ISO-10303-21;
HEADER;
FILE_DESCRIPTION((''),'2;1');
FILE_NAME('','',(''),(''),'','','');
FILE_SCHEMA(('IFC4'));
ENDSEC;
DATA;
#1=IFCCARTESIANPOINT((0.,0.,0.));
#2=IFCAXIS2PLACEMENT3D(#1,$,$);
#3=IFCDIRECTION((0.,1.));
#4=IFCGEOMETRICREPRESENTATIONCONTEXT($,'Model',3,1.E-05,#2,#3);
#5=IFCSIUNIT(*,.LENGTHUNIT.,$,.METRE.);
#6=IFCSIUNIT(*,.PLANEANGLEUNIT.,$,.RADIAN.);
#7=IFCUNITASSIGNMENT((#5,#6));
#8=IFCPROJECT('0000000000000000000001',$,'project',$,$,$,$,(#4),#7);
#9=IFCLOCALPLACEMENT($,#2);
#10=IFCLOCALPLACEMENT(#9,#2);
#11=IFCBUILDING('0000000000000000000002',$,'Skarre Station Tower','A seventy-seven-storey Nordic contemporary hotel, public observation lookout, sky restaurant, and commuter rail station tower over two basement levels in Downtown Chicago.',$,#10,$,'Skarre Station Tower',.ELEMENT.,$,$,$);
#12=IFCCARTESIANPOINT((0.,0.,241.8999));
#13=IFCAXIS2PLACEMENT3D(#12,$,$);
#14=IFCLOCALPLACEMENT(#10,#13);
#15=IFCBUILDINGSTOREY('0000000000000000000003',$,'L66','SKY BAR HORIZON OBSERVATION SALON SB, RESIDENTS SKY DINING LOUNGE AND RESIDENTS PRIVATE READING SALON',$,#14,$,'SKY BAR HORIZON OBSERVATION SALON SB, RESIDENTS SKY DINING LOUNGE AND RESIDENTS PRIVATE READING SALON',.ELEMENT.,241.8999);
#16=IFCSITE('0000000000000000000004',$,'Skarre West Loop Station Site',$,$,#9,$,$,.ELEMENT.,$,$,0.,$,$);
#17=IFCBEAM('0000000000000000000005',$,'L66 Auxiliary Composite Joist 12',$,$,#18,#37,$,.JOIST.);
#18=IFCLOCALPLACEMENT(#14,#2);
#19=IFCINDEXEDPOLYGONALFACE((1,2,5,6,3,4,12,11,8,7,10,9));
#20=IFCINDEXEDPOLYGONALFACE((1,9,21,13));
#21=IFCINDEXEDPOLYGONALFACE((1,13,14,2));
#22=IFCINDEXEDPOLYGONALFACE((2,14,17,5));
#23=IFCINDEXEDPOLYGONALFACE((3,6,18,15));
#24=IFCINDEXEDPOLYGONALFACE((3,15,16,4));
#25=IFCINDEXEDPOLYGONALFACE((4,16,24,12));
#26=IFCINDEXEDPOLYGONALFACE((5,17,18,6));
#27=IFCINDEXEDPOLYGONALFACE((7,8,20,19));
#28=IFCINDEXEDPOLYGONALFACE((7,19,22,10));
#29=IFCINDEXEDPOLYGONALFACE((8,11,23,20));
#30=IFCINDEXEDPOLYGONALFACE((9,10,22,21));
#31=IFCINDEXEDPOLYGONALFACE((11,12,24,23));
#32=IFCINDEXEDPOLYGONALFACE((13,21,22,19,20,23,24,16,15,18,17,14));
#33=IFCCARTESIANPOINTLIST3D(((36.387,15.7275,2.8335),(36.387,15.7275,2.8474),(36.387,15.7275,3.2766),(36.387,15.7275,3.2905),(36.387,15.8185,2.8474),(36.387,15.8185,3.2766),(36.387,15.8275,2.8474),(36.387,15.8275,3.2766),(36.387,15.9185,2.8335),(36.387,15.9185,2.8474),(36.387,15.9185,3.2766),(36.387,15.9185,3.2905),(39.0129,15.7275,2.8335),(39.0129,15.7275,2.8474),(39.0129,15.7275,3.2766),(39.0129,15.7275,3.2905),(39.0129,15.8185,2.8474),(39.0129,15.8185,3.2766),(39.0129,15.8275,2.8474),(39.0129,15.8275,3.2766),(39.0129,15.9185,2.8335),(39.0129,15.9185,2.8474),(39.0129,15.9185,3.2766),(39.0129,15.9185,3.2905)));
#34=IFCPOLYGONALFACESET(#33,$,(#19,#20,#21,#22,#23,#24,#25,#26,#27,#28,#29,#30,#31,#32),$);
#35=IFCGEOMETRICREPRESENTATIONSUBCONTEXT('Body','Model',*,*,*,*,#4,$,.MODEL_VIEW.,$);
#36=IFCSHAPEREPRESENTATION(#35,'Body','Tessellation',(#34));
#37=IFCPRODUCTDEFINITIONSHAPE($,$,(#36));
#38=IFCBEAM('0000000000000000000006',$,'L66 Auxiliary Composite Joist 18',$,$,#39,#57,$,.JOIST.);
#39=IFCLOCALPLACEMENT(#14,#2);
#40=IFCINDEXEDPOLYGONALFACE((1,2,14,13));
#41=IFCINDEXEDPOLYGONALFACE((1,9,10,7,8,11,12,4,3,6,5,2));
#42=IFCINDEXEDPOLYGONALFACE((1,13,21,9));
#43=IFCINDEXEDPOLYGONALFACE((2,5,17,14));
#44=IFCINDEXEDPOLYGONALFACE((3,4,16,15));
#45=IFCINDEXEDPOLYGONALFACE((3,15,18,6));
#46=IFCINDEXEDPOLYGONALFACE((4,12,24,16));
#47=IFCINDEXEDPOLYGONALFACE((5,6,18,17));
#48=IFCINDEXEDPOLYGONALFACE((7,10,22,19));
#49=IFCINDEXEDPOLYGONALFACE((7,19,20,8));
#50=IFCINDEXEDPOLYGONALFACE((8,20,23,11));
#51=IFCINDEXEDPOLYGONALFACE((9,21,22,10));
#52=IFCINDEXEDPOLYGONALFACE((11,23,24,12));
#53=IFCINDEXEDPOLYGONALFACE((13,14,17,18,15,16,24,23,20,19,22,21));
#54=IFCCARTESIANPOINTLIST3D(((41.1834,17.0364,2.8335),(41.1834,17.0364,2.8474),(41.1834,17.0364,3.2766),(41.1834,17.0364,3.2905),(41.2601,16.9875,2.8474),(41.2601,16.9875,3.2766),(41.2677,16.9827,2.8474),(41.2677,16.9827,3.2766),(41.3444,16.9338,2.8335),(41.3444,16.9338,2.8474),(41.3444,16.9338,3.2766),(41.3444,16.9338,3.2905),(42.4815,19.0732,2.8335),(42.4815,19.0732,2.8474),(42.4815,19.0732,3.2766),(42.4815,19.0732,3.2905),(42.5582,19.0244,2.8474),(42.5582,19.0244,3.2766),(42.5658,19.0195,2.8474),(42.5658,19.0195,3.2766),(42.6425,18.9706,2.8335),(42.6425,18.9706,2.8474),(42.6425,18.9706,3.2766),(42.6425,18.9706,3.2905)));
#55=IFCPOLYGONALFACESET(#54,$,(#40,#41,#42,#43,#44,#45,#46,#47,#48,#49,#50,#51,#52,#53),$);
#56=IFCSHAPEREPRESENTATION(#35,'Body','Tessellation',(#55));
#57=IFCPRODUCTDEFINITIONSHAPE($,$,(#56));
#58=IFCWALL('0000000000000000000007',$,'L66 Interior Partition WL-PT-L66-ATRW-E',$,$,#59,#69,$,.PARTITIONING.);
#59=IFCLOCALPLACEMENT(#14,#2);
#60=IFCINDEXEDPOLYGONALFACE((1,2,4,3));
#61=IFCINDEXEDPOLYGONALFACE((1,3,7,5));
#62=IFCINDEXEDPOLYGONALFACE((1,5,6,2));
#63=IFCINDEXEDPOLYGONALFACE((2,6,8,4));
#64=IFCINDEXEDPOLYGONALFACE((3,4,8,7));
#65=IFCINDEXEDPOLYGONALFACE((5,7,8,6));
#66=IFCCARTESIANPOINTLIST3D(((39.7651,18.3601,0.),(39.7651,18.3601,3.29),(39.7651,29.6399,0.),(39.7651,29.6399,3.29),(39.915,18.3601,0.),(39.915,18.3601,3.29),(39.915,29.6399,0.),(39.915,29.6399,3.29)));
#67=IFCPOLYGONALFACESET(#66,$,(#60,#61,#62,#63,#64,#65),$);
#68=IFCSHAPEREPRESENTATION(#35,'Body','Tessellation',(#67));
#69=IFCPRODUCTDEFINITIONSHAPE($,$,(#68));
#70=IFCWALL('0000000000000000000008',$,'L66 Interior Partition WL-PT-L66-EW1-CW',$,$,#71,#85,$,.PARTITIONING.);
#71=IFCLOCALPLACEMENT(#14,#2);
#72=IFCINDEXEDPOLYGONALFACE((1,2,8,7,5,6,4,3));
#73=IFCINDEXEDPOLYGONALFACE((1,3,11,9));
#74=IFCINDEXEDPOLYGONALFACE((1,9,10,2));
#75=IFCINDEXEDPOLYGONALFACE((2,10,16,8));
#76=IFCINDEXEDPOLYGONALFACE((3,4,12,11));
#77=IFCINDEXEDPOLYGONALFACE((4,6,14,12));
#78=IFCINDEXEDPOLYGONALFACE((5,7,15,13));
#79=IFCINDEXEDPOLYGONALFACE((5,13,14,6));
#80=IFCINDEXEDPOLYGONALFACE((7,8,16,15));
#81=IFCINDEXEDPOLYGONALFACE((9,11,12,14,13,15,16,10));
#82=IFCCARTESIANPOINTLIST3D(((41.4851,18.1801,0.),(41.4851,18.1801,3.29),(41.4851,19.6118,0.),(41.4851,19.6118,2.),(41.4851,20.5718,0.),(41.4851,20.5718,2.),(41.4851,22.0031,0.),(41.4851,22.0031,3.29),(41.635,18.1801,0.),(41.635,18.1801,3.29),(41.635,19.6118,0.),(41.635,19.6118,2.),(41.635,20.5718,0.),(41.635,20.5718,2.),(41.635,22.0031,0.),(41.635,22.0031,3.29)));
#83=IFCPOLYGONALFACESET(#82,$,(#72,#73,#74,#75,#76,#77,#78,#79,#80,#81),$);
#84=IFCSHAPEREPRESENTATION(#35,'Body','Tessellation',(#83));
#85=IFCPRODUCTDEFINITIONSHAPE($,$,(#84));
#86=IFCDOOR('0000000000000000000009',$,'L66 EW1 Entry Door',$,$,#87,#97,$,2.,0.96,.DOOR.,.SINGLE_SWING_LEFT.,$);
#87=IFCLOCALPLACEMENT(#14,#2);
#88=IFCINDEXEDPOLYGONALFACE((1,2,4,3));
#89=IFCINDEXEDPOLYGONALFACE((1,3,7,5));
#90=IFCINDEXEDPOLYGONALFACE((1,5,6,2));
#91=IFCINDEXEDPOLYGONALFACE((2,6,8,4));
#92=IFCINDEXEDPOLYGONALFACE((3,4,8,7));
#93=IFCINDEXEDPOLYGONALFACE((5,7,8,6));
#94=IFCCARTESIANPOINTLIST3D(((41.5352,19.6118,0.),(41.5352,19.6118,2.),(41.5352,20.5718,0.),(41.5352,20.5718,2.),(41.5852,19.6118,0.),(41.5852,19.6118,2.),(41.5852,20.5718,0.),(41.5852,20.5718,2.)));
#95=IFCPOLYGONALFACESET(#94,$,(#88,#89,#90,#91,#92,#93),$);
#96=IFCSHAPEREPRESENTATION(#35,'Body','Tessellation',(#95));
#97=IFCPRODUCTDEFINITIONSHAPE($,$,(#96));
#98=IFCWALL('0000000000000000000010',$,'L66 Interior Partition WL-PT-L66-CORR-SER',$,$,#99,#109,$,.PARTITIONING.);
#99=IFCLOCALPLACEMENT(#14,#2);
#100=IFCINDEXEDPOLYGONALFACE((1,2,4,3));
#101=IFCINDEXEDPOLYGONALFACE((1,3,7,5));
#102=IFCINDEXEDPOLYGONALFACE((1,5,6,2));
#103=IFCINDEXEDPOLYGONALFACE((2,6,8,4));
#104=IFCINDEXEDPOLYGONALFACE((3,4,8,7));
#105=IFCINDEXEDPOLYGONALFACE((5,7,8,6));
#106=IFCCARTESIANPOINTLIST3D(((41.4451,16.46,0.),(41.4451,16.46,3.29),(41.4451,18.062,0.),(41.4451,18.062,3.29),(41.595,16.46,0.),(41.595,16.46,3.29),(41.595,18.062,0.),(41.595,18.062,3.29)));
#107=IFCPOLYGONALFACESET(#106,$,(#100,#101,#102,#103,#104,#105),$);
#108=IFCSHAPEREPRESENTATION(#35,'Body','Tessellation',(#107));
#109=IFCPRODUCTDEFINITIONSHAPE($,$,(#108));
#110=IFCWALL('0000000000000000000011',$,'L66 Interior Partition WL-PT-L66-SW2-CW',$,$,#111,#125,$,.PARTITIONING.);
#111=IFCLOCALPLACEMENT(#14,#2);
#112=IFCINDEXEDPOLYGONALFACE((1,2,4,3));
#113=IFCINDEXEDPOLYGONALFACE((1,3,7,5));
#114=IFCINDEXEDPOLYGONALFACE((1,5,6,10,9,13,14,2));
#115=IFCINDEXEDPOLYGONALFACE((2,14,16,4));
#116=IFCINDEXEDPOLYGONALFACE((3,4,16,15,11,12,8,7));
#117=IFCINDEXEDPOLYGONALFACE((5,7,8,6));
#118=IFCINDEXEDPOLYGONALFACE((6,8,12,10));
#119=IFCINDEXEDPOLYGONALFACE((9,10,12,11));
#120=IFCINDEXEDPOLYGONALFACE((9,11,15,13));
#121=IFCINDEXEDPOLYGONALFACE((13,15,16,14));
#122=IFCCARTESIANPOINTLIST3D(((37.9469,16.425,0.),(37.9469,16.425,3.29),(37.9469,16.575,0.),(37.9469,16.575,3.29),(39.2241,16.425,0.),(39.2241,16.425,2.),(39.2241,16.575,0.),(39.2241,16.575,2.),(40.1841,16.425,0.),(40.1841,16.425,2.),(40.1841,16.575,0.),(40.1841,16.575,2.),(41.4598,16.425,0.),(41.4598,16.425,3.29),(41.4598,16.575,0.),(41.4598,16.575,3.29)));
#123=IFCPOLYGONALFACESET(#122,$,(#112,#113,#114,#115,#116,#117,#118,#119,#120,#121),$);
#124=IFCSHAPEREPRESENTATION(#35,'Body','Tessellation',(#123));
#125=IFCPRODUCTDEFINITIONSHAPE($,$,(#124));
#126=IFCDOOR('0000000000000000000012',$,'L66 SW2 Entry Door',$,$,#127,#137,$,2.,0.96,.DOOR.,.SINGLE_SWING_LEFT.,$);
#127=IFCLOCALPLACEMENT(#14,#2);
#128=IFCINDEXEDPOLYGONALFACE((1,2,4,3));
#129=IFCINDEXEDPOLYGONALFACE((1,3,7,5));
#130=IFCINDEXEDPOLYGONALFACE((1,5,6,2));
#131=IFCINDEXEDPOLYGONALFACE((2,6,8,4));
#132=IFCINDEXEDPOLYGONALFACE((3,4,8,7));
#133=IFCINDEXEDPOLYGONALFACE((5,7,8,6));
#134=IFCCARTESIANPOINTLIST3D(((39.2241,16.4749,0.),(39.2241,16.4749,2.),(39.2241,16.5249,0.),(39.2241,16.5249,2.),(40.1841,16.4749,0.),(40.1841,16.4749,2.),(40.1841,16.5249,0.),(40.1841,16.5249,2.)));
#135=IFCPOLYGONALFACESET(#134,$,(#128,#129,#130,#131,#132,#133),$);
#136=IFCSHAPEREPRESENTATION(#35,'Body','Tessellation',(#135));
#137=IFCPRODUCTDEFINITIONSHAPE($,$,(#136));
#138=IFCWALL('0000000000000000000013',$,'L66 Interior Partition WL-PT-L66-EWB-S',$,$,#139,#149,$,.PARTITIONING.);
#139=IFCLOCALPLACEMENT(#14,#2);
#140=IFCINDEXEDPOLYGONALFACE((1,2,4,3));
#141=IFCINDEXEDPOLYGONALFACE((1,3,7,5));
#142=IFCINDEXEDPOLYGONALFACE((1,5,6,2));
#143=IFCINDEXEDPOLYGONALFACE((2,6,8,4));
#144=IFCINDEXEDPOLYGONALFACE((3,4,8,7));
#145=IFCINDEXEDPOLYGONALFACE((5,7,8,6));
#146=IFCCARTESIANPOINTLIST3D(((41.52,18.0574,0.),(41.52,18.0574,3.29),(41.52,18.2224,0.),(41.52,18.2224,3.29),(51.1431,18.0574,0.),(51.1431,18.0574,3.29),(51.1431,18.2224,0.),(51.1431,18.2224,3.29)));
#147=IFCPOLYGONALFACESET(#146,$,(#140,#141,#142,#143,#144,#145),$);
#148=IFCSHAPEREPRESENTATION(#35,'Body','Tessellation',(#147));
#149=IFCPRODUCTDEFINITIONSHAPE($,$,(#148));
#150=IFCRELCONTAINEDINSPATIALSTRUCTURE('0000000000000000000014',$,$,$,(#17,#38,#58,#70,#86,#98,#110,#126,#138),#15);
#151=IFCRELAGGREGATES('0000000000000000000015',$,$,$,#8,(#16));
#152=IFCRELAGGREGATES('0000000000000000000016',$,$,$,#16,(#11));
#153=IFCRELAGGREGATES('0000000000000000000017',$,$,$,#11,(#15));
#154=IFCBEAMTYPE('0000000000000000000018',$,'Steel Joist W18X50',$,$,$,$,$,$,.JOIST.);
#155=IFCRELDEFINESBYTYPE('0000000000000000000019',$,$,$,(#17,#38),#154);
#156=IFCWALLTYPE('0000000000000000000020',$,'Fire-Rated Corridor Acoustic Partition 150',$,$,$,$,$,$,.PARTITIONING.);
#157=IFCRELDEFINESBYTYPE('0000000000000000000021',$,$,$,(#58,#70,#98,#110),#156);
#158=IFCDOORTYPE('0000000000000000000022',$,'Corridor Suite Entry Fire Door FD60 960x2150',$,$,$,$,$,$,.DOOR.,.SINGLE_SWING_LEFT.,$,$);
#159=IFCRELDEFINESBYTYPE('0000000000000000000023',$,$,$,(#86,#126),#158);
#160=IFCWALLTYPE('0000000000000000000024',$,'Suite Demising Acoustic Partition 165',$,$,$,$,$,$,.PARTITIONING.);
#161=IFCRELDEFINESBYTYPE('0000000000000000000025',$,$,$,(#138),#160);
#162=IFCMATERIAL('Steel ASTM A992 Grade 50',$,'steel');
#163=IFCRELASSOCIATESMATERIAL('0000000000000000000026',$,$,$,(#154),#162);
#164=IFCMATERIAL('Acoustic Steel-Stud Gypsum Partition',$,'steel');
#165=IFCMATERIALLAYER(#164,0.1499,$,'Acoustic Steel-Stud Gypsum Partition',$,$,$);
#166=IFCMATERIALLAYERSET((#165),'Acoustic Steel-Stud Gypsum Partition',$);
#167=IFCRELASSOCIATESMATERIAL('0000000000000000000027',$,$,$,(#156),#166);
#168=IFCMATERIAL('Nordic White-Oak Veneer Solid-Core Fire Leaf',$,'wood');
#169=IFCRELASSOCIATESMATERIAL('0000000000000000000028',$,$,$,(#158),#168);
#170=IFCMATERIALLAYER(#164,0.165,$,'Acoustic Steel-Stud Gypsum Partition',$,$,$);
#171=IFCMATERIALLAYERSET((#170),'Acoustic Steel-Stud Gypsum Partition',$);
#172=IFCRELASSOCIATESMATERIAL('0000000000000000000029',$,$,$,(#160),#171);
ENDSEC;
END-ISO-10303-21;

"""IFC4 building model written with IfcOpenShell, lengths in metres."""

from ifc_helpers import new_model, si_unit, direction, frame, frame_2d, origin, origin_2d, place, context, subcontext, project, spatial, rectangle, i_section, extrude, material, layer, layer_set, material_profile, profile_set, type_object, element, fill, save


model = new_model("IFC4")

# Units and contexts
model_context = context("Model", 3, precision=1e-05, world=origin(), true_north=direction((0.0, 1.0)))
body_context = subcontext(model_context, "Body", "Model", "MODEL_VIEW")
ifc_project = project(units=[si_unit("LENGTHUNIT", "METRE"), si_unit("PLANEANGLEUNIT", "RADIAN")], contexts=[model_context])

# Site, building, storey
site_placement = place(None, origin())
site = spatial("IfcSite", under=ifc_project, at=site_placement, Name="Skarre West Loop Station Site", CompositionType="ELEMENT", RefElevation=0.0)
building_placement = place(site_placement, origin())
building = spatial("IfcBuilding", under=site, at=building_placement, Name="Skarre Station Tower", Description="A seventy-seven-storey Nordic contemporary hotel, public observation lookout, sky restaurant, and commuter rail station tower over two basement levels in Downtown Chicago.", LongName="Skarre Station Tower", CompositionType="ELEMENT")
storey_placement = place(building_placement, frame((0.0, 0.0, 241.8999)))
storey = spatial("IfcBuildingStorey", under=building, at=storey_placement, Name="L66", Description="SKY BAR HORIZON OBSERVATION SALON SB, RESIDENTS SKY DINING LOUNGE AND RESIDENTS PRIVATE READING SALON", LongName="SKY BAR HORIZON OBSERVATION SALON SB, RESIDENTS SKY DINING LOUNGE AND RESIDENTS PRIVATE READING SALON", CompositionType="ELEMENT", Elevation=241.8999)

# Beams
ifc_material_1 = material(Name="Steel ASTM A992 Grade 50", Category="steel")
ifc_material_profile_1 = material_profile(ifc_material_1, i_section(OverallWidth=0.1909, OverallDepth=0.457, WebThickness=0.009, FlangeThickness=0.0139, at=origin_2d()), Name="Steel ASTM A992 Grade 50")
ifc_profile_set_1 = profile_set([ifc_material_profile_1], Name="Steel ASTM A992 Grade 50")
beam_type_1 = type_object("IfcBeamType", Name="Steel Joist W18X50", PredefinedType="JOIST", material=ifc_profile_set_1)
beam_1_placement = place(storey_placement, frame((36.387, 15.823, 3.062), z_axis=(1.0, 0.0, 0.0), x_axis=(0.0, 1.0, 0.0)))
element("IfcBeam", 1, at=beam_1_placement, inside=storey, type_object=beam_type_1, Name="L66 Auxiliary Composite Joist 12", PredefinedType="JOIST", context=body_context, shape_type="SweptSolid", body=[
    extrude(i_section(OverallWidth=0.1909, OverallDepth=0.457, WebThickness=0.009, FlangeThickness=0.0139, at=origin_2d()), origin(), (0.0, 0.0, 1.0), 2.626),
])
beam_2_placement = place(storey_placement, frame((41.2639, 16.9851, 3.062), z_axis=(0.537438, 0.843303, 0.0), x_axis=(-0.843303, 0.537438, 0.0)))
element("IfcBeam", 2, at=beam_2_placement, inside=storey, type_object=beam_type_1, Name="L66 Auxiliary Composite Joist 18", PredefinedType="JOIST", context=body_context, shape_type="SweptSolid", body=[
    extrude(i_section(OverallWidth=0.1909, OverallDepth=0.457, WebThickness=0.009, FlangeThickness=0.0139, at=origin_2d()), origin(), (0.0, 0.0, 1.0), 2.4153),
])

# Wall
ifc_material_2 = material(Name="Acoustic Steel-Stud Gypsum Partition", Category="steel")
ifc_layer_1 = layer(ifc_material_2, 0.1499, Name="Acoustic Steel-Stud Gypsum Partition")
ifc_layer_set_1 = layer_set([ifc_layer_1], Name="Acoustic Steel-Stud Gypsum Partition")
wall_type_1 = type_object("IfcWallType", Name="Fire-Rated Corridor Acoustic Partition 150", PredefinedType="PARTITIONING", material=ifc_layer_set_1)
wall_1_placement = place(storey_placement, frame((39.8401, 18.3601, 0.0), z_axis=(0.0, 0.0, 1.0), x_axis=(0.0, 1.0, 0.0)))
element("IfcWall", 3, at=wall_1_placement, inside=storey, type_object=wall_type_1, Name="L66 Interior Partition WL-PT-L66-ATRW-E", PredefinedType="PARTITIONING", context=body_context, shape_type="SweptSolid", body=[
    extrude(rectangle(XDim=11.2798, YDim=0.1499, at=frame_2d((5.6399, 0.0))), origin(), (0.0, 0.0, 1.0), 3.29),
])

# Wall, opening, door
wall_2_placement = place(storey_placement, frame((41.5601, 18.1799, 0.0), z_axis=(0.0, 0.0, 1.0), x_axis=(0.0, 1.0, 0.0)))
wall_2 = element("IfcWall", 4, at=wall_2_placement, inside=storey, type_object=wall_type_1, Name="L66 Interior Partition WL-PT-L66-EW1-CW", PredefinedType="PARTITIONING", context=body_context, shape_type="SweptSolid", body=[
    extrude(rectangle(XDim=3.823, YDim=0.1499, at=frame_2d((1.9116, 0.0))), origin(), (0.0, 0.0, 1.0), 3.29),
])
opening_1_placement = place(wall_2_placement, frame((1.4319, 0.0, 0.0)))
opening_1 = element("IfcOpeningElement", 5, at=opening_1_placement, cuts=wall_2, PredefinedType="OPENING", context=body_context, shape_type="SweptSolid", body=[
    extrude(rectangle(XDim=0.96, YDim=2.0, at=frame_2d((0.48, 1.0))), frame((0.0, 0.085, 0.0), z_axis=(0.0, -1.0, 0.0), x_axis=(1.0, 0.0, 0.0)), (0.0, 0.0, 1.0), 0.1699),
])
ifc_material_3 = material(Name="Nordic White-Oak Veneer Solid-Core Fire Leaf", Category="wood")
door_type = type_object("IfcDoorType", Name="Corridor Suite Entry Fire Door FD60 960x2150", OperationType="SINGLE_SWING_LEFT", PredefinedType="DOOR", material=ifc_material_3)
door_1_placement = place(opening_1_placement, origin())
door_1 = element("IfcDoor", 6, at=door_1_placement, inside=storey, type_object=door_type, Name="L66 EW1 Entry Door", OperationType="SINGLE_SWING_LEFT", OverallHeight=2.0, OverallWidth=0.96, PredefinedType="DOOR", context=body_context, shape_type="SweptSolid", body=[
    extrude(rectangle(XDim=0.96, YDim=2.0, at=frame_2d((0.48, 1.0))), frame((0.0, 0.0249, 0.0), z_axis=(0.0, -1.0, 0.0), x_axis=(1.0, 0.0, 0.0)), (0.0, 0.0, 1.0), 0.05),
])
fill(opening_1, door_1)

# Wall
wall_3_placement = place(storey_placement, frame((41.52, 16.46, 0.0), z_axis=(0.0, 0.0, 1.0), x_axis=(0.0, 1.0, 0.0)))
element("IfcWall", 7, at=wall_3_placement, inside=storey, type_object=wall_type_1, Name="L66 Interior Partition WL-PT-L66-CORR-SER", PredefinedType="PARTITIONING", context=body_context, shape_type="SweptSolid", body=[
    extrude(rectangle(XDim=1.6021, YDim=0.1499, at=frame_2d((0.801, 0.0))), origin(), (0.0, 0.0, 1.0), 3.29),
])

# Wall, opening, door
wall_4_placement = place(storey_placement, frame((37.947, 16.5, 0.0), z_axis=(0.0, 0.0, 1.0), x_axis=(1.0, 0.0, 0.0)))
wall_4 = element("IfcWall", 8, at=wall_4_placement, inside=storey, type_object=wall_type_1, Name="L66 Interior Partition WL-PT-L66-SW2-CW", PredefinedType="PARTITIONING", context=body_context, shape_type="SweptSolid", body=[
    extrude(rectangle(XDim=3.5129, YDim=0.1499, at=frame_2d((1.7563, 0.0))), origin(), (0.0, 0.0, 1.0), 3.29),
])
opening_2_placement = place(wall_4_placement, frame((1.2771, 0.0, 0.0)))
opening_2 = element("IfcOpeningElement", 9, at=opening_2_placement, cuts=wall_4, PredefinedType="OPENING", context=body_context, shape_type="SweptSolid", body=[
    extrude(rectangle(XDim=0.96, YDim=2.0, at=frame_2d((0.48, 1.0))), frame((0.0, 0.085, 0.0), z_axis=(0.0, -1.0, 0.0), x_axis=(1.0, 0.0, 0.0)), (0.0, 0.0, 1.0), 0.1699),
])
door_2_placement = place(opening_2_placement, origin())
door_2 = element("IfcDoor", 10, at=door_2_placement, inside=storey, type_object=door_type, Name="L66 SW2 Entry Door", OperationType="SINGLE_SWING_LEFT", OverallHeight=2.0, OverallWidth=0.96, PredefinedType="DOOR", context=body_context, shape_type="SweptSolid", body=[
    extrude(rectangle(XDim=0.96, YDim=2.0, at=frame_2d((0.48, 1.0))), frame((0.0, 0.0249, 0.0), z_axis=(0.0, -1.0, 0.0), x_axis=(1.0, 0.0, 0.0)), (0.0, 0.0, 1.0), 0.05),
])
fill(opening_2, door_2)

# Wall
ifc_layer_2 = layer(ifc_material_2, 0.165, Name="Acoustic Steel-Stud Gypsum Partition")
ifc_layer_set_2 = layer_set([ifc_layer_2], Name="Acoustic Steel-Stud Gypsum Partition")
wall_type_2 = type_object("IfcWallType", Name="Suite Demising Acoustic Partition 165", PredefinedType="PARTITIONING", material=ifc_layer_set_2)
wall_5_placement = place(storey_placement, frame((41.52, 18.1399, 0.0), z_axis=(0.0, 0.0, 1.0), x_axis=(1.0, 0.0, 0.0)))
element("IfcWall", 11, at=wall_5_placement, inside=storey, type_object=wall_type_2, Name="L66 Interior Partition WL-PT-L66-EWB-S", PredefinedType="PARTITIONING", context=body_context, shape_type="SweptSolid", body=[
    extrude(rectangle(XDim=9.623, YDim=0.165, at=frame_2d((4.8115, 0.0))), origin(), (0.0, 0.0, 1.0), 3.29),
])

save(model, "model.ifc")
